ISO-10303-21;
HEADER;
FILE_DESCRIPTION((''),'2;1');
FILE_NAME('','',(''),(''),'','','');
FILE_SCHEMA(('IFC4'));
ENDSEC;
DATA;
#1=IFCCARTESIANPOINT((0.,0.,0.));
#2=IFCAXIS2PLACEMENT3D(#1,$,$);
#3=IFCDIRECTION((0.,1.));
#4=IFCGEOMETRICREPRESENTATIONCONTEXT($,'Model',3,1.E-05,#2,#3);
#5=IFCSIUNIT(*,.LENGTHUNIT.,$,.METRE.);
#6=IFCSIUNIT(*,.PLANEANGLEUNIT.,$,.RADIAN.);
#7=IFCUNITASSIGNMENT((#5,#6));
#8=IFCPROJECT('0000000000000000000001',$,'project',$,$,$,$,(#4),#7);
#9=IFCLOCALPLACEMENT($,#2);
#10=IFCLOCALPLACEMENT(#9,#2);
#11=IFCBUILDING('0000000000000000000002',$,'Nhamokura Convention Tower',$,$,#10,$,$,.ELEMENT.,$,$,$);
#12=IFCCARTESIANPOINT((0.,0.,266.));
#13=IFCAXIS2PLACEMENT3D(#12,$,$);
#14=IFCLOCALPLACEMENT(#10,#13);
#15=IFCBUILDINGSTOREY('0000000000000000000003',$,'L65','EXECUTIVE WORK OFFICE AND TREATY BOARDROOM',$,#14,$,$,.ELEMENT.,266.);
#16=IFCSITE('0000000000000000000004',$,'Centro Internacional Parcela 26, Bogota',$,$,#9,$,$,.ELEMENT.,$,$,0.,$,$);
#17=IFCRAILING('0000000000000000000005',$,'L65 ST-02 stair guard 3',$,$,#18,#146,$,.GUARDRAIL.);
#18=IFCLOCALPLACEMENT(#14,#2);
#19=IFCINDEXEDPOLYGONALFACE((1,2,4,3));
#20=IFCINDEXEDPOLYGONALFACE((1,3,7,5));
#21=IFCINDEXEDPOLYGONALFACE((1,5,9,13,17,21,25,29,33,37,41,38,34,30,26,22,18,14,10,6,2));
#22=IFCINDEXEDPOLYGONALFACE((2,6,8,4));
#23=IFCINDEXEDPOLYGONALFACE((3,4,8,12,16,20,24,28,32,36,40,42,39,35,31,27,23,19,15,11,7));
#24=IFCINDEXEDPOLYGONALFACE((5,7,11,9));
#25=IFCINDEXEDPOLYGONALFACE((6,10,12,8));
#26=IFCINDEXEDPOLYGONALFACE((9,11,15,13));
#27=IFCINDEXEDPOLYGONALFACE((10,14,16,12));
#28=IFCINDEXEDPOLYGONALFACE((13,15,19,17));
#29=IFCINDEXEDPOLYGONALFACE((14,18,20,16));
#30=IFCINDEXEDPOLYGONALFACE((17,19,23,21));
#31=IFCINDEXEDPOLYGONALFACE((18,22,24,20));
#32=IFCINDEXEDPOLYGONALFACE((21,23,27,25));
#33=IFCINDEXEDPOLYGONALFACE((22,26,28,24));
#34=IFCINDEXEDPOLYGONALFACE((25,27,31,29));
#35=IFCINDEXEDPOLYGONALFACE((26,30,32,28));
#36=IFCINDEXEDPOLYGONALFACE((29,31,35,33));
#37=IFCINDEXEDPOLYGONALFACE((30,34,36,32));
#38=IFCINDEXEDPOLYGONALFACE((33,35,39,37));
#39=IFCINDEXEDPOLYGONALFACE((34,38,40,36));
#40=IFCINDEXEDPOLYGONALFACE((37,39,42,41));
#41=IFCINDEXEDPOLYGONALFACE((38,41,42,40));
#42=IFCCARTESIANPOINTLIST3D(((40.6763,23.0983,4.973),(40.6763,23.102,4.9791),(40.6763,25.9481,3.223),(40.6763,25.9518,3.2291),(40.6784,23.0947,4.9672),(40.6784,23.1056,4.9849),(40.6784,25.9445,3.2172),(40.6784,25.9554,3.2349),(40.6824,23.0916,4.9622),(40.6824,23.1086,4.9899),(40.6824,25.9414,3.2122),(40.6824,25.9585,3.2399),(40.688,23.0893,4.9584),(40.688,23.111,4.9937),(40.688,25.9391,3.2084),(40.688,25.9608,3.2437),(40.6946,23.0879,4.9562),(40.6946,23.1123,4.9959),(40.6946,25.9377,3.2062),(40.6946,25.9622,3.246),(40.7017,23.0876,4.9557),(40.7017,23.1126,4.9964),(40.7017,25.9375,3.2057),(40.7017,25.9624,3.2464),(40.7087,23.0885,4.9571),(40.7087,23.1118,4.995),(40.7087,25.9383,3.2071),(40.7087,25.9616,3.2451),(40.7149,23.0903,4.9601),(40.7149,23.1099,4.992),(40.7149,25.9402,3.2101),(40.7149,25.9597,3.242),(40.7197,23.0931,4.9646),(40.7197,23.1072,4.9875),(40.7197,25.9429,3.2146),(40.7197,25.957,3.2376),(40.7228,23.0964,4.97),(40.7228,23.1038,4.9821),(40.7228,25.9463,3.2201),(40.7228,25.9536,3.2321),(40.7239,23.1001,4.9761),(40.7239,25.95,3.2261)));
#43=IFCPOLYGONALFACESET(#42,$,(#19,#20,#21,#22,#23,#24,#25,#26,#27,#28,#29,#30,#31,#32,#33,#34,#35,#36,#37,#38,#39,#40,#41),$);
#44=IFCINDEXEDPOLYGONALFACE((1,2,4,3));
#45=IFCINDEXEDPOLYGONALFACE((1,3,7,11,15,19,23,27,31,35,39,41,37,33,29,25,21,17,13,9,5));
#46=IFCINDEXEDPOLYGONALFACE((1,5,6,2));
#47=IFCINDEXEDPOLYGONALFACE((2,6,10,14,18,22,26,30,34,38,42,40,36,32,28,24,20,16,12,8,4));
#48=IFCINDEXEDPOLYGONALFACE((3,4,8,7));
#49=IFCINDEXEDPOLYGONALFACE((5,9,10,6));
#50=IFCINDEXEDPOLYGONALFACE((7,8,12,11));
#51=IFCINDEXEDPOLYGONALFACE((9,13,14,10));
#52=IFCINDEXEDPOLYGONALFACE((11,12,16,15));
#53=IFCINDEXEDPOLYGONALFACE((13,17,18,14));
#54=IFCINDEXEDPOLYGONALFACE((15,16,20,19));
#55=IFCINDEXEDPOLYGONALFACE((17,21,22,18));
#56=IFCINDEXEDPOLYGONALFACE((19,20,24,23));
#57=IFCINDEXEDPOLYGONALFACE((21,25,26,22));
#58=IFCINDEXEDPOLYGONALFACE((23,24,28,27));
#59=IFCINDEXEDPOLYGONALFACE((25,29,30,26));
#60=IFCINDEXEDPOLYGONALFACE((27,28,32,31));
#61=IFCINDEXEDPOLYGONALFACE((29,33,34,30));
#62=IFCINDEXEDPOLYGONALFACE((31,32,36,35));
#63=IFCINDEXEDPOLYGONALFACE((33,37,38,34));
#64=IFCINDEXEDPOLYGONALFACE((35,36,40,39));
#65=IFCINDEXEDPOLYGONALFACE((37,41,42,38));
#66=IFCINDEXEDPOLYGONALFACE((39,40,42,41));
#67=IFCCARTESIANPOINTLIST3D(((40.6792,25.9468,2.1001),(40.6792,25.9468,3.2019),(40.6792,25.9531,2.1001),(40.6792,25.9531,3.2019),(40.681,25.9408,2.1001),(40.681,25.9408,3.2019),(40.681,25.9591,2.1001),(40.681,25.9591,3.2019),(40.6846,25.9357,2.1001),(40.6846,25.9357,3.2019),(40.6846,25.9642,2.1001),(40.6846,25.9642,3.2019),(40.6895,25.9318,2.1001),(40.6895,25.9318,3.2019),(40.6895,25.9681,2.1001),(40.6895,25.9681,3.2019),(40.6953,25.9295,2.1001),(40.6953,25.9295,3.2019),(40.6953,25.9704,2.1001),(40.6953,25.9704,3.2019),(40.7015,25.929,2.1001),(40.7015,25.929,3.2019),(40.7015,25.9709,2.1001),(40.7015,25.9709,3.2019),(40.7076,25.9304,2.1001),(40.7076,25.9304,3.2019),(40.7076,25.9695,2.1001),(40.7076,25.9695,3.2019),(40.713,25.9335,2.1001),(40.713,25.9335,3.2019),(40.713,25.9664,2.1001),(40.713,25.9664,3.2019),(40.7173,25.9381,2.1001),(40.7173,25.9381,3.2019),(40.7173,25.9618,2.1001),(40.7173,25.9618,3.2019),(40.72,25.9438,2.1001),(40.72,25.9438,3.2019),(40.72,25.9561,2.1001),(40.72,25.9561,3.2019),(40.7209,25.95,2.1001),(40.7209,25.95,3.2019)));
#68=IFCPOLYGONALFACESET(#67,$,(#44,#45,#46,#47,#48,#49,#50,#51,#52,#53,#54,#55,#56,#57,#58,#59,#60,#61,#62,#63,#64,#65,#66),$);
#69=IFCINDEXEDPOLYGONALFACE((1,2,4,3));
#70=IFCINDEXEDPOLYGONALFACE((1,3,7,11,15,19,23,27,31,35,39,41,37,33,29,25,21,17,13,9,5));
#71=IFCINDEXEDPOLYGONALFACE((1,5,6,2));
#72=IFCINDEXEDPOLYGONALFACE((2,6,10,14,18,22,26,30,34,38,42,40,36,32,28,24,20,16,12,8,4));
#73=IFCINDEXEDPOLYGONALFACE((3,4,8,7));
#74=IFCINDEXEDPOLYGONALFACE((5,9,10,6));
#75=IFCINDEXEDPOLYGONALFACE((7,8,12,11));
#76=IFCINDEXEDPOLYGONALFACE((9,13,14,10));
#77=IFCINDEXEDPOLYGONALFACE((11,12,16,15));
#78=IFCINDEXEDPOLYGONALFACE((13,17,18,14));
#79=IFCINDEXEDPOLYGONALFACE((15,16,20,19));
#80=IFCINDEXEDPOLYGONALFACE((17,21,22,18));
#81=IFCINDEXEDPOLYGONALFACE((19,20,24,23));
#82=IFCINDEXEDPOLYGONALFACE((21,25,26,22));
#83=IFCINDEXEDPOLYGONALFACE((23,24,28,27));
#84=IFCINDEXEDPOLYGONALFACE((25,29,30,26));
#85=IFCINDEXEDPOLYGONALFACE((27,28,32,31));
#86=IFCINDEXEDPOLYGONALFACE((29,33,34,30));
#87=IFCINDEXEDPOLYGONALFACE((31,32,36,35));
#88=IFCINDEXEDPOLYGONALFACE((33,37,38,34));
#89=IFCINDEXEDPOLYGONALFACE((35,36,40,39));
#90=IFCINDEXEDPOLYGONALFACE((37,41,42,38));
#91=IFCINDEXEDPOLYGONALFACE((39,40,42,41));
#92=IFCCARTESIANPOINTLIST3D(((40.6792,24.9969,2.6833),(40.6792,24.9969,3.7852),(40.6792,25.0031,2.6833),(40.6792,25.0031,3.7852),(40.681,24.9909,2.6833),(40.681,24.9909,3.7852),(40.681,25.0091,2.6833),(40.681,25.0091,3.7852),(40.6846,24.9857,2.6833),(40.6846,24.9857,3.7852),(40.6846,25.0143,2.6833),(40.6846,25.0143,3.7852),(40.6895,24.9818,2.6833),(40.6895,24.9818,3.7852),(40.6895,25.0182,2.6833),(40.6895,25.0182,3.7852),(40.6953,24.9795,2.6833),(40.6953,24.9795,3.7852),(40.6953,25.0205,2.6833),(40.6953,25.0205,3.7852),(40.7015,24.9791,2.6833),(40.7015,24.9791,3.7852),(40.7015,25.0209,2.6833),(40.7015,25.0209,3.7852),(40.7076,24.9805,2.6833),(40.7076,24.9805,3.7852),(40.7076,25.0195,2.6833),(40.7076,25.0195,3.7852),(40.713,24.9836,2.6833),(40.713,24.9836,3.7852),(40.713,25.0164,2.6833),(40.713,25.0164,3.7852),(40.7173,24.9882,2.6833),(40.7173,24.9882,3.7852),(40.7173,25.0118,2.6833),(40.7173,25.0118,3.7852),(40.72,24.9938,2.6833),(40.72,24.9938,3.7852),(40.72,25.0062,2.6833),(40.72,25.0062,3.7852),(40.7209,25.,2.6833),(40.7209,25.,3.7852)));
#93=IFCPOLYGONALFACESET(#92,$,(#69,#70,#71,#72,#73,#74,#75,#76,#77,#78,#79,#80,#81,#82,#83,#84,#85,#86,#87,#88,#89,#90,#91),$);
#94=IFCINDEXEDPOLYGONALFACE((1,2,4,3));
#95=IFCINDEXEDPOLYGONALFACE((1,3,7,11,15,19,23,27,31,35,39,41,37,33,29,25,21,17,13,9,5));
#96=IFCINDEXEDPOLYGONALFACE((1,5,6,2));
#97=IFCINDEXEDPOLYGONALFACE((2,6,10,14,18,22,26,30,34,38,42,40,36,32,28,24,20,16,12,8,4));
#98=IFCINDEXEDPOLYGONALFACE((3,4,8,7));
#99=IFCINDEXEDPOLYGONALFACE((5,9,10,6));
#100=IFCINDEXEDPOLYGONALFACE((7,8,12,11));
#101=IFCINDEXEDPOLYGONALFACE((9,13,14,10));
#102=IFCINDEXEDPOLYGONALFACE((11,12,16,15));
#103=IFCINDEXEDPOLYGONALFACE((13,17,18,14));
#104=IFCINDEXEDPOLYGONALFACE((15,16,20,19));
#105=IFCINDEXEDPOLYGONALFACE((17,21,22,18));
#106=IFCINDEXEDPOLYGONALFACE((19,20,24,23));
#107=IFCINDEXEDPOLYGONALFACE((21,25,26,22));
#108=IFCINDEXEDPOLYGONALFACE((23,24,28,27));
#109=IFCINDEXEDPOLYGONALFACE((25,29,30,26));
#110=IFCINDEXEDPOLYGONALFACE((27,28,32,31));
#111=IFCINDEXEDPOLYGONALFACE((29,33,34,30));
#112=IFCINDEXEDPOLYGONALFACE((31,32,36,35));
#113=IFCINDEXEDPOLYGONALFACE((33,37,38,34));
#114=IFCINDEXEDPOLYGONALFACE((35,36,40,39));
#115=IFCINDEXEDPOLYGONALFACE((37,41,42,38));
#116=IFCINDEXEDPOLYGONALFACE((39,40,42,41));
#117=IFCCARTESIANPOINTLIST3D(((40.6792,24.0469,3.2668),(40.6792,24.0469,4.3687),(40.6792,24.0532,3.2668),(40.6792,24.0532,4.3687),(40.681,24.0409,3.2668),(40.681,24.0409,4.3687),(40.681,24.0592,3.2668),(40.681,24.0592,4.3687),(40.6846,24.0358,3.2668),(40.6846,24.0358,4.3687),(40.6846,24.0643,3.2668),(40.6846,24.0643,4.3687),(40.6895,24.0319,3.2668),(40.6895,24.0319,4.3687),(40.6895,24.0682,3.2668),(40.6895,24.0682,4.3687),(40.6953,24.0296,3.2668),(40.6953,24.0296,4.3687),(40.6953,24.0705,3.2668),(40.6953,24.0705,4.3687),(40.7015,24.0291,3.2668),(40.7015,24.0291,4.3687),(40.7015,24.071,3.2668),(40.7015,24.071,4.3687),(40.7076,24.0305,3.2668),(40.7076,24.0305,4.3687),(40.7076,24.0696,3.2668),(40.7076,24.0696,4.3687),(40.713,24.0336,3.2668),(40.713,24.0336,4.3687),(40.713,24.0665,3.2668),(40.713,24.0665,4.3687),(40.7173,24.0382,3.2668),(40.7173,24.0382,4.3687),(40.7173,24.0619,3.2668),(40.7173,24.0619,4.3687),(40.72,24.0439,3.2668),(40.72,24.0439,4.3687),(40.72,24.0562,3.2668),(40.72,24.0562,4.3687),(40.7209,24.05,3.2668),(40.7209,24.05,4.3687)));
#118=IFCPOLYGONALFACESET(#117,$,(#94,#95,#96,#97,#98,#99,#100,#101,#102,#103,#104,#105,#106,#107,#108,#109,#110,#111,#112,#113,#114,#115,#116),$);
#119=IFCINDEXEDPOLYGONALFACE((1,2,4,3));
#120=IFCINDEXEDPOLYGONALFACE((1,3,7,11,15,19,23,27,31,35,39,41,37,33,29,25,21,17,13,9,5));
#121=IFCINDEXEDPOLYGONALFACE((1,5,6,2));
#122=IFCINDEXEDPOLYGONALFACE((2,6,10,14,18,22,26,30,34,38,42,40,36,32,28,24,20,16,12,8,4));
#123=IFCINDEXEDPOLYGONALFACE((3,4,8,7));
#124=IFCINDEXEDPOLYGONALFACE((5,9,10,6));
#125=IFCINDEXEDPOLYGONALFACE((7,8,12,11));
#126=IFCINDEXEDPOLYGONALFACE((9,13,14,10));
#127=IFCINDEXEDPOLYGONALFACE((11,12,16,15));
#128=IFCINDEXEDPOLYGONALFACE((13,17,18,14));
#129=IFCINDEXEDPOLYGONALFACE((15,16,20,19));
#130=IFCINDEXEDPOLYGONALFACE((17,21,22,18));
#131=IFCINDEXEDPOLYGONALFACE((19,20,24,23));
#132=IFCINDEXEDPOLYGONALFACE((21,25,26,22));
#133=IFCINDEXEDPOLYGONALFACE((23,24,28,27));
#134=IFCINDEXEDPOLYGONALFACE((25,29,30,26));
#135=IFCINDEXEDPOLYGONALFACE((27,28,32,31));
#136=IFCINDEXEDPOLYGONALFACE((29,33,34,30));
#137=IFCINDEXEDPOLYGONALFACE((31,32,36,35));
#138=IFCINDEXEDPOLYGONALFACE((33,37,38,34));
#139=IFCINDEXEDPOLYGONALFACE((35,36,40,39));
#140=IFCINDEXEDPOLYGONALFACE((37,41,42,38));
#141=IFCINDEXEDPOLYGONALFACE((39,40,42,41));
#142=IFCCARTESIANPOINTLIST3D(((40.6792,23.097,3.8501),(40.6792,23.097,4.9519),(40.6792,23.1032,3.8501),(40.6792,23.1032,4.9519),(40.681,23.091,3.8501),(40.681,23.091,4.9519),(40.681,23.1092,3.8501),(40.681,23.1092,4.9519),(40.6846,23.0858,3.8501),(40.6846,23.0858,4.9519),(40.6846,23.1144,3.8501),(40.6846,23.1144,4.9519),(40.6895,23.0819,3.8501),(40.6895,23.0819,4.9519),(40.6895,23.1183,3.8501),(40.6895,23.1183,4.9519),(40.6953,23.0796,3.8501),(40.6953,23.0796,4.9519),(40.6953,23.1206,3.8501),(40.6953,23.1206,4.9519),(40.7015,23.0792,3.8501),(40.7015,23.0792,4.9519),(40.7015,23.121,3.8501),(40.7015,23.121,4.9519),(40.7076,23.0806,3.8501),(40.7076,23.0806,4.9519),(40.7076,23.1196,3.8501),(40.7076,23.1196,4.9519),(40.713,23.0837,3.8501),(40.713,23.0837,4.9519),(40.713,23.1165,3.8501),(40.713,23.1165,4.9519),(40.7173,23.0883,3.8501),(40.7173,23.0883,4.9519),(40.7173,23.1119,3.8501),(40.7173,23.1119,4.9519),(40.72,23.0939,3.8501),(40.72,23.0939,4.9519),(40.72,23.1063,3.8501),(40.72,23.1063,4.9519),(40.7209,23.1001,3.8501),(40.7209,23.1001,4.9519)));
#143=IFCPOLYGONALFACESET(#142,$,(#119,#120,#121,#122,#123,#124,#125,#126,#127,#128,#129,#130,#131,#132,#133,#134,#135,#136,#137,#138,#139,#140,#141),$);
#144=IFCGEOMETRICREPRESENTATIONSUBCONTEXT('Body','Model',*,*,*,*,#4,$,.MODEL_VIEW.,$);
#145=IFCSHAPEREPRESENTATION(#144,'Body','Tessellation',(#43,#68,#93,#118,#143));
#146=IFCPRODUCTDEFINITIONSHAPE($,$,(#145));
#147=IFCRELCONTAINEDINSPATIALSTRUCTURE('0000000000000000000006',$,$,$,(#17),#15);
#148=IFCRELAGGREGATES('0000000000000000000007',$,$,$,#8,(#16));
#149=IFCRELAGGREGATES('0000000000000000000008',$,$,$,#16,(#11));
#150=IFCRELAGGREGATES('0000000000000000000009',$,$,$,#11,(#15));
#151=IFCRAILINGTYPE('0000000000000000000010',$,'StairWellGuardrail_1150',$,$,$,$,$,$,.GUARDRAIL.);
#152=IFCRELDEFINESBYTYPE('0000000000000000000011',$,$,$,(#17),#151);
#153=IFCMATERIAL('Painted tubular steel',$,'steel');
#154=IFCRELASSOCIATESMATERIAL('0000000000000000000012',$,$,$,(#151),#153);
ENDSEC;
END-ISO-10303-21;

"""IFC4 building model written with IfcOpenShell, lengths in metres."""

from ifc_helpers import new_model, si_unit, direction, frame, origin, origin_2d, place, context, subcontext, project, spatial, circle, extrude, material, type_object, element, save


model = new_model("IFC4")

# Units and contexts
model_context = context("Model", 3, precision=1e-05, world=origin(), true_north=direction((0.0, 1.0)))
body_context = subcontext(model_context, "Body", "Model", "MODEL_VIEW")
ifc_project = project(units=[si_unit("LENGTHUNIT", "METRE"), si_unit("PLANEANGLEUNIT", "RADIAN")], contexts=[model_context])

# Site, building, storey
site_placement = place(None, origin())
site = spatial("IfcSite", under=ifc_project, at=site_placement, Name="Centro Internacional Parcela 26, Bogota", CompositionType="ELEMENT", RefElevation=0.0)
building_placement = place(site_placement, origin())
building = spatial("IfcBuilding", under=site, at=building_placement, Name="Nhamokura Convention Tower", CompositionType="ELEMENT")
storey_placement = place(building_placement, frame((0.0, 0.0, 266.0)))
storey = spatial("IfcBuildingStorey", under=building, at=storey_placement, Name="L65", Description="EXECUTIVE WORK OFFICE AND TREATY BOARDROOM", CompositionType="ELEMENT", Elevation=266.0)

# Railing
ifc_material_1 = material(Name="Painted tubular steel", Category="steel")
railing_type_1 = type_object("IfcRailingType", Name="StairWellGuardrail_1150", PredefinedType="GUARDRAIL", material=ifc_material_1)
railing_1_placement = place(storey_placement, frame((40.7, 25.95, 2.1001)))
element("IfcRailing", 1, at=railing_1_placement, inside=storey, type_object=railing_type_1, Name="L65 ST-02 stair guard 3", PredefinedType="GUARDRAIL", context=body_context, shape_type="SweptSolid", body=[
    extrude(circle(Radius=0.0239, at=origin_2d()), frame((0.0, 0.0, 1.126), z_axis=(0.0, -0.852159, 0.523283), x_axis=(1.0, 0.0, 0.0)), (0.0, 0.0, 1.0), 3.3442),
    extrude(circle(Radius=0.021, at=origin_2d()), origin(), (0.0, 0.0, 1.0), 1.1018),
    extrude(circle(Radius=0.021, at=origin_2d()), frame((0.0, -0.95, 0.5833)), (0.0, 0.0, 1.0), 1.1018),
    extrude(circle(Radius=0.021, at=origin_2d()), frame((0.0, -1.8999, 1.1667)), (0.0, 0.0, 1.0), 1.1018),
    extrude(circle(Radius=0.021, at=origin_2d()), frame((0.0, -2.8499, 1.75)), (0.0, 0.0, 1.0), 1.1018),
])

save(model, "model.ifc")
